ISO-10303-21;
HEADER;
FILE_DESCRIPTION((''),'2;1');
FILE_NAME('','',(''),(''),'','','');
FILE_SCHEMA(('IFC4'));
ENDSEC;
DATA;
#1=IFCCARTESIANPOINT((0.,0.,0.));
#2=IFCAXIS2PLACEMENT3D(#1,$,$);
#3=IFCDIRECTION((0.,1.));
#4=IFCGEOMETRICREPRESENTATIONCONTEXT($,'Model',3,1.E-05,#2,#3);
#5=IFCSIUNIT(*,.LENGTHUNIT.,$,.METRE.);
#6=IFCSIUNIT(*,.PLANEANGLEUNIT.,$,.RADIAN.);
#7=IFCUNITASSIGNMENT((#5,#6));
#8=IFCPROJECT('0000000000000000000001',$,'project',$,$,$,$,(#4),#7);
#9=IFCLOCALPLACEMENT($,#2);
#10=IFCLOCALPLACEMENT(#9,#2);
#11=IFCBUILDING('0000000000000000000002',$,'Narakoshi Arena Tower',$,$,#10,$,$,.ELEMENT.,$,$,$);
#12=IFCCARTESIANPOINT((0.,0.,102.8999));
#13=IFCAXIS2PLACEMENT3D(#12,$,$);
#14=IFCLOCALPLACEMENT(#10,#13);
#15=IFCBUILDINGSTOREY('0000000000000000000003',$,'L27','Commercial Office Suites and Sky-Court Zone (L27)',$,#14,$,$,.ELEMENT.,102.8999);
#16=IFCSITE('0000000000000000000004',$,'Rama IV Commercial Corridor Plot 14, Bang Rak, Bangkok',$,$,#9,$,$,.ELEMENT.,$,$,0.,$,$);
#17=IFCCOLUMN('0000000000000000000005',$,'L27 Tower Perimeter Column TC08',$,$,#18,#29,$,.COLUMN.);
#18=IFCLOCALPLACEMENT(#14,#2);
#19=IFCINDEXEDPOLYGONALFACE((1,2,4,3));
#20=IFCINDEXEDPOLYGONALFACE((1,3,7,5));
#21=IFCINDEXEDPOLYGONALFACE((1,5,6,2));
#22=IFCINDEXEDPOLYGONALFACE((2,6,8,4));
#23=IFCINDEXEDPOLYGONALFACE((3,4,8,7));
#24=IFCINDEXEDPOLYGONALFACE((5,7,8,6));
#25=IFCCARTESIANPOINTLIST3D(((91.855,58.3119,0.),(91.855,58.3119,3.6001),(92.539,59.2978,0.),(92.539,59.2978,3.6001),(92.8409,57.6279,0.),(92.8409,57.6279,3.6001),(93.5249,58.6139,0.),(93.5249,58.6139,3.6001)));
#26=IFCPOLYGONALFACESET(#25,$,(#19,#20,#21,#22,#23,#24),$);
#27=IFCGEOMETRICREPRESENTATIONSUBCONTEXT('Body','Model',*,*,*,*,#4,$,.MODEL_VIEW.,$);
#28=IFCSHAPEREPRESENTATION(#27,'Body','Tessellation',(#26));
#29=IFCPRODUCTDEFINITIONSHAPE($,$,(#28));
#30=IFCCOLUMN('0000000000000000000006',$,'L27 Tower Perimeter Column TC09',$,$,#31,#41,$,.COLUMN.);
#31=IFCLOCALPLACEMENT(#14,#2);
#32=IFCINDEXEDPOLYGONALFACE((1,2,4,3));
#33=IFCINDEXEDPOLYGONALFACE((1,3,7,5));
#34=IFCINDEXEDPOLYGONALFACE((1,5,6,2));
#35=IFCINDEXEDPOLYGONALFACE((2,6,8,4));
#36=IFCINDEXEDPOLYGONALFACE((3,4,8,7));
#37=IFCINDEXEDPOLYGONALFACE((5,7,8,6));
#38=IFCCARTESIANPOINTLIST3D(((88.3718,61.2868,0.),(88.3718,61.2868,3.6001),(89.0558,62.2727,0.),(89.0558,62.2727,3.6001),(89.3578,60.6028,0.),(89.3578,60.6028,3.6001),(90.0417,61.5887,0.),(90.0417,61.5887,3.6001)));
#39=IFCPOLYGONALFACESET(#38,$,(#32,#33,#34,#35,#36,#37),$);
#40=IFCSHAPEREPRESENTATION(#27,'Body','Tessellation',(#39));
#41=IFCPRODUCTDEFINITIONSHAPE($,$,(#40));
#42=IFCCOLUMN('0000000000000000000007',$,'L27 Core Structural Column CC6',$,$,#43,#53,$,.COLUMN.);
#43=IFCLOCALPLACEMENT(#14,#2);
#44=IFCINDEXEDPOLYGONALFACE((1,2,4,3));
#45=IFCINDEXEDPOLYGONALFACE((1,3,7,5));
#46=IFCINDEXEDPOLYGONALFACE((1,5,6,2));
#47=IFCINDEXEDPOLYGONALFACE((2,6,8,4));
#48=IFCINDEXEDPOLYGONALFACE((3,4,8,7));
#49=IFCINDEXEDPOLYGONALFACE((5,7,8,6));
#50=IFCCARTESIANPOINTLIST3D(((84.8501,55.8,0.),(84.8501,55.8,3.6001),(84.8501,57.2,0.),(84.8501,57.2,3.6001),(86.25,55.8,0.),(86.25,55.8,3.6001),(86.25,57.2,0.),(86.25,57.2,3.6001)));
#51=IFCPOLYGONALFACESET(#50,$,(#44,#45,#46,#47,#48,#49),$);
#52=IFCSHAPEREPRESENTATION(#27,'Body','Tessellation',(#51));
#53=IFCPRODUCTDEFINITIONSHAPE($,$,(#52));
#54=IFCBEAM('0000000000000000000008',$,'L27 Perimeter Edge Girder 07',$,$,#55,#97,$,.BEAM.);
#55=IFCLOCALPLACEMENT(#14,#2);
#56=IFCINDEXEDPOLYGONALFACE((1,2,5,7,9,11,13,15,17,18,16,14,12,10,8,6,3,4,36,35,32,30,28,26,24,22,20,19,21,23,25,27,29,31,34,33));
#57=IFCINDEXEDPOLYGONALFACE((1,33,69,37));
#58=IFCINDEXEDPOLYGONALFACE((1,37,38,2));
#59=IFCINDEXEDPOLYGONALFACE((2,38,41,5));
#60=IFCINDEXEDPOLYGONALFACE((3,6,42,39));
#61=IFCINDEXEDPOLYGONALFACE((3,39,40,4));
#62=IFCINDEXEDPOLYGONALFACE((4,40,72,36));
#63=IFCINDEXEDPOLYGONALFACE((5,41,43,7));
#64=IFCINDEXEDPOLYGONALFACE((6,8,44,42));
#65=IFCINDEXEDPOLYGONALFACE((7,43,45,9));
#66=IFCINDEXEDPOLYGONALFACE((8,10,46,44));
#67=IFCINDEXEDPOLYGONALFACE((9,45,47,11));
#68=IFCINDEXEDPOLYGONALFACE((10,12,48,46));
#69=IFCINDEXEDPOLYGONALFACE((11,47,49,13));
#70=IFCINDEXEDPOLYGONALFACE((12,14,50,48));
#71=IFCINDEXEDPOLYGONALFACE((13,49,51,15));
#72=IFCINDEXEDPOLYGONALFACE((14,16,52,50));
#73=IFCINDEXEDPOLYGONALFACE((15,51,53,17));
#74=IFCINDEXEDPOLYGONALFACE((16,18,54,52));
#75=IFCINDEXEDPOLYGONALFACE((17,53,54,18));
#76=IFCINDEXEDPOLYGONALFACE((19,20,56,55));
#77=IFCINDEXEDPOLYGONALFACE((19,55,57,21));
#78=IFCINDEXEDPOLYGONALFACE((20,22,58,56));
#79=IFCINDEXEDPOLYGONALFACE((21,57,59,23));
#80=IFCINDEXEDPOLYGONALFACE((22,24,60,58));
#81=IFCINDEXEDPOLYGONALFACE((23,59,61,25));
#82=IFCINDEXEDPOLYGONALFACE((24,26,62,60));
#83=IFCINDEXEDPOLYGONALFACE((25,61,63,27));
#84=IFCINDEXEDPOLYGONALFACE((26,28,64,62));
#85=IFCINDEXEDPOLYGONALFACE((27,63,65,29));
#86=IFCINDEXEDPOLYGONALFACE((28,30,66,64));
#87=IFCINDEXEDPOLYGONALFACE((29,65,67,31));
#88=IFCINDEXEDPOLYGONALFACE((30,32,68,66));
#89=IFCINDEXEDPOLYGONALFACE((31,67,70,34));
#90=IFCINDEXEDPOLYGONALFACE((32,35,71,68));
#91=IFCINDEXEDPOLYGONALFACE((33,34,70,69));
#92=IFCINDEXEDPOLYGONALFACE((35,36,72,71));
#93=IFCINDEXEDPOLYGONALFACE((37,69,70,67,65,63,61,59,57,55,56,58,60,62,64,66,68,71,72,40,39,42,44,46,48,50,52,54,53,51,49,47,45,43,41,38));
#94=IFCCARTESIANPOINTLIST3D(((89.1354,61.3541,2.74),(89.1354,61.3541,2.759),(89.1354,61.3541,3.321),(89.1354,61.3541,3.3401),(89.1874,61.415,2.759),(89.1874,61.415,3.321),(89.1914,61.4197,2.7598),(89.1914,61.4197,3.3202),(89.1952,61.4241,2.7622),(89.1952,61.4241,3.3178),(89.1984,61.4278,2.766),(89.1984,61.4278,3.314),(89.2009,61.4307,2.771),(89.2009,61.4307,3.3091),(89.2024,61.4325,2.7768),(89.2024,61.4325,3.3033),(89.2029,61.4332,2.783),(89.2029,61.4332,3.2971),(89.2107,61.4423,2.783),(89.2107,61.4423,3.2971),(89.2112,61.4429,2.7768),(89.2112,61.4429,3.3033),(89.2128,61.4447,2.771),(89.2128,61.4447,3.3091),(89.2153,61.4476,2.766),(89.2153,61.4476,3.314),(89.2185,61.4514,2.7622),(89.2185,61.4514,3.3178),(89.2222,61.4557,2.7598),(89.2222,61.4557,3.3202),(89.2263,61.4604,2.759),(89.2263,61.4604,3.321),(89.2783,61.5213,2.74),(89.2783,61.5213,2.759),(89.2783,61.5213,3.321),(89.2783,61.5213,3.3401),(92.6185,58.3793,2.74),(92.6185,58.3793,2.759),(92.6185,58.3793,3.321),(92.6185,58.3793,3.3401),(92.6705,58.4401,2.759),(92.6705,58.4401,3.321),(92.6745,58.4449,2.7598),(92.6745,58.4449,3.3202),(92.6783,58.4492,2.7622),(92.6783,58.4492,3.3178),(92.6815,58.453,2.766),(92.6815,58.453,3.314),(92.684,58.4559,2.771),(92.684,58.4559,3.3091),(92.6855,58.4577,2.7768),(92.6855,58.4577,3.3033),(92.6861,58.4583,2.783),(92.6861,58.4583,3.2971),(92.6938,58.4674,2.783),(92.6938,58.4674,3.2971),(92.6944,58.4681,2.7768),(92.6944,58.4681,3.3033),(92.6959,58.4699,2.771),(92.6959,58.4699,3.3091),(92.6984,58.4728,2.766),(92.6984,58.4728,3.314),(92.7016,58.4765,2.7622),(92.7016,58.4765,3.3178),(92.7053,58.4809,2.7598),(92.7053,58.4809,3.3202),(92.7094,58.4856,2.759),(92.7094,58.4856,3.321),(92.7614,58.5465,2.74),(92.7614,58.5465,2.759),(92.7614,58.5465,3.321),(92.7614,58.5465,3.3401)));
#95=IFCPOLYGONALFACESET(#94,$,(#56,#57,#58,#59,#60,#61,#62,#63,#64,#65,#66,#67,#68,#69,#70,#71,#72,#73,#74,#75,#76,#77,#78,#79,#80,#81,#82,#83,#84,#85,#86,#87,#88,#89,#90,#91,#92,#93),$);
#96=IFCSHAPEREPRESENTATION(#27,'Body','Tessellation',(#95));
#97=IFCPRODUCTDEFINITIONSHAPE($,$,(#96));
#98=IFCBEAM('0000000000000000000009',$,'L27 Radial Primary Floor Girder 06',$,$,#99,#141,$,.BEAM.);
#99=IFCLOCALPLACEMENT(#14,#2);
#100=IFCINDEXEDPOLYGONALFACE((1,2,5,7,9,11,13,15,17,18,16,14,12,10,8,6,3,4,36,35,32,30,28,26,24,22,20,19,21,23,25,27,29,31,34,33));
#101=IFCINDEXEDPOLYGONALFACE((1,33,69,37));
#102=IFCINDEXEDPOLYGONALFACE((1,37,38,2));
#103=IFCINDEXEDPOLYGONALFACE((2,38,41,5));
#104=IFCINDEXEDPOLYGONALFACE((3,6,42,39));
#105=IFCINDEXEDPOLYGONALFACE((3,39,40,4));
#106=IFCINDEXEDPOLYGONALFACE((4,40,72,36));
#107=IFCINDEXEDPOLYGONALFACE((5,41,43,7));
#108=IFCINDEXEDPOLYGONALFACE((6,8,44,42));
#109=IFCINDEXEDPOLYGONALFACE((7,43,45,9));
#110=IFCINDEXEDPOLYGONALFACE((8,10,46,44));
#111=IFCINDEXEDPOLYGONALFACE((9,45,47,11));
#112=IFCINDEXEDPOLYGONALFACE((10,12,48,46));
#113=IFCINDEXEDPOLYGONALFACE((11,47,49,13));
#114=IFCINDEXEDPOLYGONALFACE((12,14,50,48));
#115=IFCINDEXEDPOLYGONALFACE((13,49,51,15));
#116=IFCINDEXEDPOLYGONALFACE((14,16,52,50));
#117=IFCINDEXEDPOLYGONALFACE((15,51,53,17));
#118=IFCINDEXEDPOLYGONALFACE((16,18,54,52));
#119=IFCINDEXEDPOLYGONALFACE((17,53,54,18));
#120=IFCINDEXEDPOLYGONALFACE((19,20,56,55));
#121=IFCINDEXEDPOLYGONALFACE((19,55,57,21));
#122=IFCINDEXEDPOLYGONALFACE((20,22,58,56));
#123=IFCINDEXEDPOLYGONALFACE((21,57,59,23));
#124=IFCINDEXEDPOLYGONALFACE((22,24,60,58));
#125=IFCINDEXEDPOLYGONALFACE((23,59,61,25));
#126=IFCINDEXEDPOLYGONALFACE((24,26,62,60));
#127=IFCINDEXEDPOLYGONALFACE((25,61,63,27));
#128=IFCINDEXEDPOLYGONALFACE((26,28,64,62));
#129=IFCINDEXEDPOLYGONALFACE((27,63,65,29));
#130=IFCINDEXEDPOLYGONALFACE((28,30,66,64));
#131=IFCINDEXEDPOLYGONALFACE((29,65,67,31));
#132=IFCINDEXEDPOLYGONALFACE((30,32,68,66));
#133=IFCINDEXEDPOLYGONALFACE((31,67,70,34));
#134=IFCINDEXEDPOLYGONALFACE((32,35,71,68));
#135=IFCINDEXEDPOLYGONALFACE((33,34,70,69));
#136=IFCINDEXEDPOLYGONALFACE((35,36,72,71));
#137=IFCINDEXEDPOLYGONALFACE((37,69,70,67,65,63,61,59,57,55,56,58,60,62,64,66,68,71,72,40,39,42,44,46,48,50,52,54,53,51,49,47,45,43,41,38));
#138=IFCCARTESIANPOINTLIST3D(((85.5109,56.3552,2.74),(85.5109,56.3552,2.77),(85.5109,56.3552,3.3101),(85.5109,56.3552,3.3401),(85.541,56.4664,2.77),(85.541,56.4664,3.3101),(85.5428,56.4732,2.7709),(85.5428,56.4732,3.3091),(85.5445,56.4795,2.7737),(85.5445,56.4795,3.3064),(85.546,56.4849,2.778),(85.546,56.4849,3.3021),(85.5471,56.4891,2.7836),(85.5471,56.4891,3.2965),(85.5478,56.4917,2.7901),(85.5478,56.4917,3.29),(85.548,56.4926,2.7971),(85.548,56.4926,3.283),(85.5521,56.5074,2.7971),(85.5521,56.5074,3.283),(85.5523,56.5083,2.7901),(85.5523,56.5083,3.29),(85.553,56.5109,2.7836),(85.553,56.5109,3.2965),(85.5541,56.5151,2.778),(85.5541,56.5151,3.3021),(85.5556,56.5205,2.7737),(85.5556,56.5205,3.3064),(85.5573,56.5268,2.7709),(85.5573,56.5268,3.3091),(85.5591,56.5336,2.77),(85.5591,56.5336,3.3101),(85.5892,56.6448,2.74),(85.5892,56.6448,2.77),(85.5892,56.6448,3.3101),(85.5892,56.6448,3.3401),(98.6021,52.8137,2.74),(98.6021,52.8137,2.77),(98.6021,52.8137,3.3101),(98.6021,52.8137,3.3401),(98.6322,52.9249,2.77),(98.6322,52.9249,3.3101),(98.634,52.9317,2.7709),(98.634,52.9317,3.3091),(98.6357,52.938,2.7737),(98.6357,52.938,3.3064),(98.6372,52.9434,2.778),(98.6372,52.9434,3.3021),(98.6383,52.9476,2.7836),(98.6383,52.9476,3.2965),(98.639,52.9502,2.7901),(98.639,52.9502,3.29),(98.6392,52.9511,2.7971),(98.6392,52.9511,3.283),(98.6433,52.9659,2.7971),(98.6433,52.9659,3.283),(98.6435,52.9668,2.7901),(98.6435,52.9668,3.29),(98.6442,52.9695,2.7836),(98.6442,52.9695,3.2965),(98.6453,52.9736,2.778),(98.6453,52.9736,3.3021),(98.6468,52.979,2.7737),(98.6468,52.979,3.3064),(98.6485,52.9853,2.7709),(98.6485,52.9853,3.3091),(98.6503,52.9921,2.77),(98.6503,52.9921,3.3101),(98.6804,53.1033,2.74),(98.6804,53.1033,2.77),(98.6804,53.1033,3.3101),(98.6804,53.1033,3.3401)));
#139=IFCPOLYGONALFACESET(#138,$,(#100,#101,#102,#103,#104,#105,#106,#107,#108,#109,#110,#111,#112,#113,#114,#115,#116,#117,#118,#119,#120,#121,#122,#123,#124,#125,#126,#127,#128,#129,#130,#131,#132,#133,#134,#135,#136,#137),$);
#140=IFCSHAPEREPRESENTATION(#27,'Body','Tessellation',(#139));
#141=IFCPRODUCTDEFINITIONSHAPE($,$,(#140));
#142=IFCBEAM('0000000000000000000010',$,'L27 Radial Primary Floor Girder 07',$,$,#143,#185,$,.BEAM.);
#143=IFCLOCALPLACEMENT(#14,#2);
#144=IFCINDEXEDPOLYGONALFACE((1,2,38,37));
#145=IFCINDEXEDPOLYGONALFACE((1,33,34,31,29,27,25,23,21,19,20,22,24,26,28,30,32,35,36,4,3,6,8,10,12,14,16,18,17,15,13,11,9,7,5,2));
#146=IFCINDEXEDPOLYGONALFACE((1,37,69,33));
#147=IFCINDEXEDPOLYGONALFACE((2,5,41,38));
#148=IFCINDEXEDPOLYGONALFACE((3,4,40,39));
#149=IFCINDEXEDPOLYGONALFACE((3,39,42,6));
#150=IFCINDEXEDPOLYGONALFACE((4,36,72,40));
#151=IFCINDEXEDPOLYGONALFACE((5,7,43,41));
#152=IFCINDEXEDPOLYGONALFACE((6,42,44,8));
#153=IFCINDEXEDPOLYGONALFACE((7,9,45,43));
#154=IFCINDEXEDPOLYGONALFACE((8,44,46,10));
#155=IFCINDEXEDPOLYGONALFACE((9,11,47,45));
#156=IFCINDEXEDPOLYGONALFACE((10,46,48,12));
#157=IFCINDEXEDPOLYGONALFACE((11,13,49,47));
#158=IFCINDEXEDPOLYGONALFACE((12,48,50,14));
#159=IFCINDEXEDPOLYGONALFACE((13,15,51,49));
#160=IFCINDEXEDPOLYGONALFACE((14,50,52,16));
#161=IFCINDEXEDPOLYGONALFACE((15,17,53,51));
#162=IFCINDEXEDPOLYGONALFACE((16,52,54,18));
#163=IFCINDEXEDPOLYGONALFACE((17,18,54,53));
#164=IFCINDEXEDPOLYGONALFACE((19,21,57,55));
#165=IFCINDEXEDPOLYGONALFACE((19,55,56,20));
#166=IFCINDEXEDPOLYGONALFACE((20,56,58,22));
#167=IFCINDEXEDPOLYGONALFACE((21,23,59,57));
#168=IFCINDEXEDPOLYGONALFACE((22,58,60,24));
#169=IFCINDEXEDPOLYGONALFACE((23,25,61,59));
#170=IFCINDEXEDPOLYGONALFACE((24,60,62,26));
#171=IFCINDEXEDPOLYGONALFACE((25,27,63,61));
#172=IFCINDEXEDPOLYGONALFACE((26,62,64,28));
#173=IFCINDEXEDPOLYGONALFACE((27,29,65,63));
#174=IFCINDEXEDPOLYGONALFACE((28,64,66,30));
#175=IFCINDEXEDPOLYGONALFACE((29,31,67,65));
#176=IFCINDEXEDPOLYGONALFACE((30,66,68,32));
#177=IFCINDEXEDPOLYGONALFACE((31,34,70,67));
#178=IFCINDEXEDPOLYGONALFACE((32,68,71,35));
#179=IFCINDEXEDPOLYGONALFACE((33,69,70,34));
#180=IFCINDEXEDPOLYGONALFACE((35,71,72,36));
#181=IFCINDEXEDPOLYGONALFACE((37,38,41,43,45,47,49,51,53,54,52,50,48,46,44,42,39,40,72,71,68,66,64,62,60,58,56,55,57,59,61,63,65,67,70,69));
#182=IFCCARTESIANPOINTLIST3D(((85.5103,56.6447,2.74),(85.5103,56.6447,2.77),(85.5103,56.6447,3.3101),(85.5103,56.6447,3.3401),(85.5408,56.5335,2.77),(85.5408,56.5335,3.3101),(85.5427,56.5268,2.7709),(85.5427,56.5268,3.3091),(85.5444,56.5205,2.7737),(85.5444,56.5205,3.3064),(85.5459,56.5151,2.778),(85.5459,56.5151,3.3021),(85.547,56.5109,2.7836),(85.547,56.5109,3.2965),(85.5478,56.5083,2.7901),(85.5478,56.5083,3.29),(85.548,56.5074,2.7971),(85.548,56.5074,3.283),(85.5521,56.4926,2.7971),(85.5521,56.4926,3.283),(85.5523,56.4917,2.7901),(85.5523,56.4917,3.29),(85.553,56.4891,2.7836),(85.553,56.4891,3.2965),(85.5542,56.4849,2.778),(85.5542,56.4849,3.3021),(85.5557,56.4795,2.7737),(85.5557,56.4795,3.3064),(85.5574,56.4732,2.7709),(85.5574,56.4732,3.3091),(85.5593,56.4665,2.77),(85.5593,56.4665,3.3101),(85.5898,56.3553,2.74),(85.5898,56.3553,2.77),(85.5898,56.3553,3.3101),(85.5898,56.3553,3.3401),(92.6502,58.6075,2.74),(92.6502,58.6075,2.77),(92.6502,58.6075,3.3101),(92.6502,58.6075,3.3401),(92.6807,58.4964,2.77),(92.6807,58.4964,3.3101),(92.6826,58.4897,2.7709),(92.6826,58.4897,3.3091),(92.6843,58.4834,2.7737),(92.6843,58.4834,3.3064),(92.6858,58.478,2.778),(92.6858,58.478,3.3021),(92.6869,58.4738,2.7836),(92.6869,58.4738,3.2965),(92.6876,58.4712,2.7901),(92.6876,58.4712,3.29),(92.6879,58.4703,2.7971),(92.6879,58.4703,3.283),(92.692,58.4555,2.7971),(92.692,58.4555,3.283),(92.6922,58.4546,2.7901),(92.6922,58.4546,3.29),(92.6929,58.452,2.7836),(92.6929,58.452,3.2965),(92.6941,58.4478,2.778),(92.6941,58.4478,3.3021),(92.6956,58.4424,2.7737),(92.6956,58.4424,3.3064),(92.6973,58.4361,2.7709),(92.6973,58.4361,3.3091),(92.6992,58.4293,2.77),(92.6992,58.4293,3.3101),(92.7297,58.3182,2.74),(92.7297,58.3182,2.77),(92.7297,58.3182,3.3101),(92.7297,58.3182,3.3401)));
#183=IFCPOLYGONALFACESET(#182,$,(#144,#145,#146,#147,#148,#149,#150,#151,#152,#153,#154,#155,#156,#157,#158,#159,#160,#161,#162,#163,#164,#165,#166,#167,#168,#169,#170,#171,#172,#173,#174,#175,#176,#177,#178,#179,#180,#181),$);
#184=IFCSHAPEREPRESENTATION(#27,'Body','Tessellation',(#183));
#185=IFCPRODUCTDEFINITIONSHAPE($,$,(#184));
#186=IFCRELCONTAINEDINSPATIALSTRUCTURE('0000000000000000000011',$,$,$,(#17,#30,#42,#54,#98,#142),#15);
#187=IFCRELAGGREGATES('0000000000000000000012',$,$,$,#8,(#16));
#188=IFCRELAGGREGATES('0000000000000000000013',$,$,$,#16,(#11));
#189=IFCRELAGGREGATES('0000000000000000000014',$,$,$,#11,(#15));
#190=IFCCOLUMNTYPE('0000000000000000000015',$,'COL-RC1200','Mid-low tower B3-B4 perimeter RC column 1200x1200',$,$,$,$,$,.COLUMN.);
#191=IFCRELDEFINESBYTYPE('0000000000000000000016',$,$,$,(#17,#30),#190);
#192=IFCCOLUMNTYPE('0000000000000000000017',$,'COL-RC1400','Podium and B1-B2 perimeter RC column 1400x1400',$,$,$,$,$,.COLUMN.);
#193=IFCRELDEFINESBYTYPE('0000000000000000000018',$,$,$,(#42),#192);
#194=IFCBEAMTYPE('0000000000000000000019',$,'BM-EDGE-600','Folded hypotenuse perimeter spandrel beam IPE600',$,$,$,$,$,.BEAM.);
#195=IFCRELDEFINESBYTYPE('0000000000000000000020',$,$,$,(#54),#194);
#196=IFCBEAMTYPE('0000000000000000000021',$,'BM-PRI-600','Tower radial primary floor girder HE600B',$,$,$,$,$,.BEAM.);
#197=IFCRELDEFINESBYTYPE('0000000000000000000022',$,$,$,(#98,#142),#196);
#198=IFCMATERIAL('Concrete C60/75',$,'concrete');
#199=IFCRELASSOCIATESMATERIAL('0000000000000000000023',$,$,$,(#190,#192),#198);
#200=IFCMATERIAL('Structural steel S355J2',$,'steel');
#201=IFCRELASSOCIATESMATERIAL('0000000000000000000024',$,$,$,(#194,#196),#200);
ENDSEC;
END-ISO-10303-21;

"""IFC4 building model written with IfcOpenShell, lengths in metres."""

from ifc_helpers import new_model, si_unit, direction, frame, origin, origin_2d, place, context, subcontext, project, spatial, rectangle, i_section, extrude, material, material_profile, profile_set, type_object, element, save


model = new_model("IFC4")

# Units and contexts
model_context = context("Model", 3, precision=1e-05, world=origin(), true_north=direction((0.0, 1.0)))
body_context = subcontext(model_context, "Body", "Model", "MODEL_VIEW")
ifc_project = project(units=[si_unit("LENGTHUNIT", "METRE"), si_unit("PLANEANGLEUNIT", "RADIAN")], contexts=[model_context])

# Site, building, storey
site_placement = place(None, origin())
site = spatial("IfcSite", under=ifc_project, at=site_placement, Name="Rama IV Commercial Corridor Plot 14, Bang Rak, Bangkok", CompositionType="ELEMENT", RefElevation=0.0)
building_placement = place(site_placement, origin())
building = spatial("IfcBuilding", under=site, at=building_placement, Name="Narakoshi Arena Tower", CompositionType="ELEMENT")
storey_placement = place(building_placement, frame((0.0, 0.0, 102.8999)))
storey = spatial("IfcBuildingStorey", under=building, at=storey_placement, Name="L27", Description="Commercial Office Suites and Sky-Court Zone (L27)", CompositionType="ELEMENT", Elevation=102.8999)

# Columns
ifc_material_1 = material(Name="Concrete C60/75", Category="concrete")
ifc_material_profile_1 = material_profile(ifc_material_1, rectangle(XDim=1.2, YDim=1.2, at=origin_2d()), Name="RC1200x1200")
ifc_profile_set_1 = profile_set([ifc_material_profile_1], Name="Concrete C60/75")
column_type_1 = type_object("IfcColumnType", Name="COL-RC1200", Description="Mid-low tower B3-B4 perimeter RC column 1200x1200", PredefinedType="COLUMN", material=ifc_profile_set_1)
for number, where, z_axis, x_axis, name in (
    (1, (92.6899, 58.4629, 0.0), (0.0, 0.0, 1.0), (0.569997, 0.821647, 0.0), "L27 Tower Perimeter Column TC08"),
    (2, (89.2068, 61.4377, 0.0), (0.0, 0.0, 1.0), (0.569997, 0.821647, 0.0), "L27 Tower Perimeter Column TC09"),
):
    element("IfcColumn", number, at=place(storey_placement, frame(where, z_axis=z_axis, x_axis=x_axis)), inside=storey, type_object=column_type_1, Name=name, PredefinedType="COLUMN", context=body_context, shape_type="SweptSolid", body=[
        extrude(rectangle(XDim=1.2, YDim=1.2, at=origin_2d()), origin(), (0.0, 0.0, 1.0), 3.6001),
    ])
ifc_material_profile_2 = material_profile(ifc_material_1, rectangle(XDim=1.3999, YDim=1.3999, at=origin_2d()), Name="RC1400x1400")
ifc_profile_set_2 = profile_set([ifc_material_profile_2], Name="Concrete C60/75")
column_type_2 = type_object("IfcColumnType", Name="COL-RC1400", Description="Podium and B1-B2 perimeter RC column 1400x1400", PredefinedType="COLUMN", material=ifc_profile_set_2)
column_placement = place(storey_placement, frame((85.55, 56.5, 0.0), z_axis=(0.0, 0.0, 1.0), x_axis=(1.0, 0.0, 0.0)))
element("IfcColumn", 3, at=column_placement, inside=storey, type_object=column_type_2, Name="L27 Core Structural Column CC6", PredefinedType="COLUMN", context=body_context, shape_type="SweptSolid", body=[
    extrude(rectangle(XDim=1.3999, YDim=1.3999, at=origin_2d()), origin(), (0.0, 0.0, 1.0), 3.6001),
])

# Beams
ifc_material_2 = material(Name="Structural steel S355J2", Category="steel")
ifc_material_profile_3 = material_profile(ifc_material_2, i_section(OverallWidth=0.22, OverallDepth=0.6001, WebThickness=0.012, FlangeThickness=0.019, FilletRadius=0.0239, at=origin_2d()), Name="IPE600")
ifc_profile_set_3 = profile_set([ifc_material_profile_3], Name="Structural steel S355J2")
beam_type_1 = type_object("IfcBeamType", Name="BM-EDGE-600", Description="Folded hypotenuse perimeter spandrel beam IPE600", PredefinedType="BEAM", material=ifc_profile_set_3)
beam_1_placement = place(storey_placement, frame((92.6899, 58.4629, 3.04), z_axis=(-0.76041, 0.649443, 0.0), x_axis=(-0.649443, -0.76041, 0.0)))
element("IfcBeam", 4, at=beam_1_placement, inside=storey, type_object=beam_type_1, Name="L27 Perimeter Edge Girder 07", PredefinedType="BEAM", context=body_context, shape_type="SweptSolid", body=[
    extrude(i_section(OverallWidth=0.22, OverallDepth=0.6001, WebThickness=0.012, FlangeThickness=0.019, FilletRadius=0.0239, at=origin_2d()), origin(), (0.0, 0.0, 1.0), 4.5806),
])
ifc_material_profile_4 = material_profile(ifc_material_2, i_section(OverallWidth=0.3, OverallDepth=0.6001, WebThickness=0.0154, FlangeThickness=0.03, FilletRadius=0.0271, at=origin_2d()), Name="HE600B")
ifc_profile_set_4 = profile_set([ifc_material_profile_4], Name="Structural steel S355J2")
beam_type_2 = type_object("IfcBeamType", Name="BM-PRI-600", Description="Tower radial primary floor girder HE600B", PredefinedType="BEAM", material=ifc_profile_set_4)
beam_2_placement = place(storey_placement, frame((85.55, 56.5, 3.04), z_axis=(0.965302, -0.261137, 0.0), x_axis=(0.261137, 0.965302, 0.0)))
element("IfcBeam", 5, at=beam_2_placement, inside=storey, type_object=beam_type_2, Name="L27 Radial Primary Floor Girder 06", PredefinedType="BEAM", context=body_context, shape_type="SweptSolid", body=[
    extrude(i_section(OverallWidth=0.3, OverallDepth=0.6001, WebThickness=0.0154, FlangeThickness=0.03, FilletRadius=0.0271, at=origin_2d()), origin(), (0.0, 0.0, 1.0), 13.5618),
])
beam_3_placement = place(storey_placement, frame((85.55, 56.5, 3.04), z_axis=(0.964225, 0.265084, 0.0), x_axis=(-0.265084, 0.964225, 0.0)))
element("IfcBeam", 6, at=beam_3_placement, inside=storey, type_object=beam_type_2, Name="L27 Radial Primary Floor Girder 07", PredefinedType="BEAM", context=body_context, shape_type="SweptSolid", body=[
    extrude(i_section(OverallWidth=0.3, OverallDepth=0.6001, WebThickness=0.0154, FlangeThickness=0.03, FilletRadius=0.0271, at=origin_2d()), origin(), (0.0, 0.0, 1.0), 7.4048),
])

save(model, "model.ifc")
